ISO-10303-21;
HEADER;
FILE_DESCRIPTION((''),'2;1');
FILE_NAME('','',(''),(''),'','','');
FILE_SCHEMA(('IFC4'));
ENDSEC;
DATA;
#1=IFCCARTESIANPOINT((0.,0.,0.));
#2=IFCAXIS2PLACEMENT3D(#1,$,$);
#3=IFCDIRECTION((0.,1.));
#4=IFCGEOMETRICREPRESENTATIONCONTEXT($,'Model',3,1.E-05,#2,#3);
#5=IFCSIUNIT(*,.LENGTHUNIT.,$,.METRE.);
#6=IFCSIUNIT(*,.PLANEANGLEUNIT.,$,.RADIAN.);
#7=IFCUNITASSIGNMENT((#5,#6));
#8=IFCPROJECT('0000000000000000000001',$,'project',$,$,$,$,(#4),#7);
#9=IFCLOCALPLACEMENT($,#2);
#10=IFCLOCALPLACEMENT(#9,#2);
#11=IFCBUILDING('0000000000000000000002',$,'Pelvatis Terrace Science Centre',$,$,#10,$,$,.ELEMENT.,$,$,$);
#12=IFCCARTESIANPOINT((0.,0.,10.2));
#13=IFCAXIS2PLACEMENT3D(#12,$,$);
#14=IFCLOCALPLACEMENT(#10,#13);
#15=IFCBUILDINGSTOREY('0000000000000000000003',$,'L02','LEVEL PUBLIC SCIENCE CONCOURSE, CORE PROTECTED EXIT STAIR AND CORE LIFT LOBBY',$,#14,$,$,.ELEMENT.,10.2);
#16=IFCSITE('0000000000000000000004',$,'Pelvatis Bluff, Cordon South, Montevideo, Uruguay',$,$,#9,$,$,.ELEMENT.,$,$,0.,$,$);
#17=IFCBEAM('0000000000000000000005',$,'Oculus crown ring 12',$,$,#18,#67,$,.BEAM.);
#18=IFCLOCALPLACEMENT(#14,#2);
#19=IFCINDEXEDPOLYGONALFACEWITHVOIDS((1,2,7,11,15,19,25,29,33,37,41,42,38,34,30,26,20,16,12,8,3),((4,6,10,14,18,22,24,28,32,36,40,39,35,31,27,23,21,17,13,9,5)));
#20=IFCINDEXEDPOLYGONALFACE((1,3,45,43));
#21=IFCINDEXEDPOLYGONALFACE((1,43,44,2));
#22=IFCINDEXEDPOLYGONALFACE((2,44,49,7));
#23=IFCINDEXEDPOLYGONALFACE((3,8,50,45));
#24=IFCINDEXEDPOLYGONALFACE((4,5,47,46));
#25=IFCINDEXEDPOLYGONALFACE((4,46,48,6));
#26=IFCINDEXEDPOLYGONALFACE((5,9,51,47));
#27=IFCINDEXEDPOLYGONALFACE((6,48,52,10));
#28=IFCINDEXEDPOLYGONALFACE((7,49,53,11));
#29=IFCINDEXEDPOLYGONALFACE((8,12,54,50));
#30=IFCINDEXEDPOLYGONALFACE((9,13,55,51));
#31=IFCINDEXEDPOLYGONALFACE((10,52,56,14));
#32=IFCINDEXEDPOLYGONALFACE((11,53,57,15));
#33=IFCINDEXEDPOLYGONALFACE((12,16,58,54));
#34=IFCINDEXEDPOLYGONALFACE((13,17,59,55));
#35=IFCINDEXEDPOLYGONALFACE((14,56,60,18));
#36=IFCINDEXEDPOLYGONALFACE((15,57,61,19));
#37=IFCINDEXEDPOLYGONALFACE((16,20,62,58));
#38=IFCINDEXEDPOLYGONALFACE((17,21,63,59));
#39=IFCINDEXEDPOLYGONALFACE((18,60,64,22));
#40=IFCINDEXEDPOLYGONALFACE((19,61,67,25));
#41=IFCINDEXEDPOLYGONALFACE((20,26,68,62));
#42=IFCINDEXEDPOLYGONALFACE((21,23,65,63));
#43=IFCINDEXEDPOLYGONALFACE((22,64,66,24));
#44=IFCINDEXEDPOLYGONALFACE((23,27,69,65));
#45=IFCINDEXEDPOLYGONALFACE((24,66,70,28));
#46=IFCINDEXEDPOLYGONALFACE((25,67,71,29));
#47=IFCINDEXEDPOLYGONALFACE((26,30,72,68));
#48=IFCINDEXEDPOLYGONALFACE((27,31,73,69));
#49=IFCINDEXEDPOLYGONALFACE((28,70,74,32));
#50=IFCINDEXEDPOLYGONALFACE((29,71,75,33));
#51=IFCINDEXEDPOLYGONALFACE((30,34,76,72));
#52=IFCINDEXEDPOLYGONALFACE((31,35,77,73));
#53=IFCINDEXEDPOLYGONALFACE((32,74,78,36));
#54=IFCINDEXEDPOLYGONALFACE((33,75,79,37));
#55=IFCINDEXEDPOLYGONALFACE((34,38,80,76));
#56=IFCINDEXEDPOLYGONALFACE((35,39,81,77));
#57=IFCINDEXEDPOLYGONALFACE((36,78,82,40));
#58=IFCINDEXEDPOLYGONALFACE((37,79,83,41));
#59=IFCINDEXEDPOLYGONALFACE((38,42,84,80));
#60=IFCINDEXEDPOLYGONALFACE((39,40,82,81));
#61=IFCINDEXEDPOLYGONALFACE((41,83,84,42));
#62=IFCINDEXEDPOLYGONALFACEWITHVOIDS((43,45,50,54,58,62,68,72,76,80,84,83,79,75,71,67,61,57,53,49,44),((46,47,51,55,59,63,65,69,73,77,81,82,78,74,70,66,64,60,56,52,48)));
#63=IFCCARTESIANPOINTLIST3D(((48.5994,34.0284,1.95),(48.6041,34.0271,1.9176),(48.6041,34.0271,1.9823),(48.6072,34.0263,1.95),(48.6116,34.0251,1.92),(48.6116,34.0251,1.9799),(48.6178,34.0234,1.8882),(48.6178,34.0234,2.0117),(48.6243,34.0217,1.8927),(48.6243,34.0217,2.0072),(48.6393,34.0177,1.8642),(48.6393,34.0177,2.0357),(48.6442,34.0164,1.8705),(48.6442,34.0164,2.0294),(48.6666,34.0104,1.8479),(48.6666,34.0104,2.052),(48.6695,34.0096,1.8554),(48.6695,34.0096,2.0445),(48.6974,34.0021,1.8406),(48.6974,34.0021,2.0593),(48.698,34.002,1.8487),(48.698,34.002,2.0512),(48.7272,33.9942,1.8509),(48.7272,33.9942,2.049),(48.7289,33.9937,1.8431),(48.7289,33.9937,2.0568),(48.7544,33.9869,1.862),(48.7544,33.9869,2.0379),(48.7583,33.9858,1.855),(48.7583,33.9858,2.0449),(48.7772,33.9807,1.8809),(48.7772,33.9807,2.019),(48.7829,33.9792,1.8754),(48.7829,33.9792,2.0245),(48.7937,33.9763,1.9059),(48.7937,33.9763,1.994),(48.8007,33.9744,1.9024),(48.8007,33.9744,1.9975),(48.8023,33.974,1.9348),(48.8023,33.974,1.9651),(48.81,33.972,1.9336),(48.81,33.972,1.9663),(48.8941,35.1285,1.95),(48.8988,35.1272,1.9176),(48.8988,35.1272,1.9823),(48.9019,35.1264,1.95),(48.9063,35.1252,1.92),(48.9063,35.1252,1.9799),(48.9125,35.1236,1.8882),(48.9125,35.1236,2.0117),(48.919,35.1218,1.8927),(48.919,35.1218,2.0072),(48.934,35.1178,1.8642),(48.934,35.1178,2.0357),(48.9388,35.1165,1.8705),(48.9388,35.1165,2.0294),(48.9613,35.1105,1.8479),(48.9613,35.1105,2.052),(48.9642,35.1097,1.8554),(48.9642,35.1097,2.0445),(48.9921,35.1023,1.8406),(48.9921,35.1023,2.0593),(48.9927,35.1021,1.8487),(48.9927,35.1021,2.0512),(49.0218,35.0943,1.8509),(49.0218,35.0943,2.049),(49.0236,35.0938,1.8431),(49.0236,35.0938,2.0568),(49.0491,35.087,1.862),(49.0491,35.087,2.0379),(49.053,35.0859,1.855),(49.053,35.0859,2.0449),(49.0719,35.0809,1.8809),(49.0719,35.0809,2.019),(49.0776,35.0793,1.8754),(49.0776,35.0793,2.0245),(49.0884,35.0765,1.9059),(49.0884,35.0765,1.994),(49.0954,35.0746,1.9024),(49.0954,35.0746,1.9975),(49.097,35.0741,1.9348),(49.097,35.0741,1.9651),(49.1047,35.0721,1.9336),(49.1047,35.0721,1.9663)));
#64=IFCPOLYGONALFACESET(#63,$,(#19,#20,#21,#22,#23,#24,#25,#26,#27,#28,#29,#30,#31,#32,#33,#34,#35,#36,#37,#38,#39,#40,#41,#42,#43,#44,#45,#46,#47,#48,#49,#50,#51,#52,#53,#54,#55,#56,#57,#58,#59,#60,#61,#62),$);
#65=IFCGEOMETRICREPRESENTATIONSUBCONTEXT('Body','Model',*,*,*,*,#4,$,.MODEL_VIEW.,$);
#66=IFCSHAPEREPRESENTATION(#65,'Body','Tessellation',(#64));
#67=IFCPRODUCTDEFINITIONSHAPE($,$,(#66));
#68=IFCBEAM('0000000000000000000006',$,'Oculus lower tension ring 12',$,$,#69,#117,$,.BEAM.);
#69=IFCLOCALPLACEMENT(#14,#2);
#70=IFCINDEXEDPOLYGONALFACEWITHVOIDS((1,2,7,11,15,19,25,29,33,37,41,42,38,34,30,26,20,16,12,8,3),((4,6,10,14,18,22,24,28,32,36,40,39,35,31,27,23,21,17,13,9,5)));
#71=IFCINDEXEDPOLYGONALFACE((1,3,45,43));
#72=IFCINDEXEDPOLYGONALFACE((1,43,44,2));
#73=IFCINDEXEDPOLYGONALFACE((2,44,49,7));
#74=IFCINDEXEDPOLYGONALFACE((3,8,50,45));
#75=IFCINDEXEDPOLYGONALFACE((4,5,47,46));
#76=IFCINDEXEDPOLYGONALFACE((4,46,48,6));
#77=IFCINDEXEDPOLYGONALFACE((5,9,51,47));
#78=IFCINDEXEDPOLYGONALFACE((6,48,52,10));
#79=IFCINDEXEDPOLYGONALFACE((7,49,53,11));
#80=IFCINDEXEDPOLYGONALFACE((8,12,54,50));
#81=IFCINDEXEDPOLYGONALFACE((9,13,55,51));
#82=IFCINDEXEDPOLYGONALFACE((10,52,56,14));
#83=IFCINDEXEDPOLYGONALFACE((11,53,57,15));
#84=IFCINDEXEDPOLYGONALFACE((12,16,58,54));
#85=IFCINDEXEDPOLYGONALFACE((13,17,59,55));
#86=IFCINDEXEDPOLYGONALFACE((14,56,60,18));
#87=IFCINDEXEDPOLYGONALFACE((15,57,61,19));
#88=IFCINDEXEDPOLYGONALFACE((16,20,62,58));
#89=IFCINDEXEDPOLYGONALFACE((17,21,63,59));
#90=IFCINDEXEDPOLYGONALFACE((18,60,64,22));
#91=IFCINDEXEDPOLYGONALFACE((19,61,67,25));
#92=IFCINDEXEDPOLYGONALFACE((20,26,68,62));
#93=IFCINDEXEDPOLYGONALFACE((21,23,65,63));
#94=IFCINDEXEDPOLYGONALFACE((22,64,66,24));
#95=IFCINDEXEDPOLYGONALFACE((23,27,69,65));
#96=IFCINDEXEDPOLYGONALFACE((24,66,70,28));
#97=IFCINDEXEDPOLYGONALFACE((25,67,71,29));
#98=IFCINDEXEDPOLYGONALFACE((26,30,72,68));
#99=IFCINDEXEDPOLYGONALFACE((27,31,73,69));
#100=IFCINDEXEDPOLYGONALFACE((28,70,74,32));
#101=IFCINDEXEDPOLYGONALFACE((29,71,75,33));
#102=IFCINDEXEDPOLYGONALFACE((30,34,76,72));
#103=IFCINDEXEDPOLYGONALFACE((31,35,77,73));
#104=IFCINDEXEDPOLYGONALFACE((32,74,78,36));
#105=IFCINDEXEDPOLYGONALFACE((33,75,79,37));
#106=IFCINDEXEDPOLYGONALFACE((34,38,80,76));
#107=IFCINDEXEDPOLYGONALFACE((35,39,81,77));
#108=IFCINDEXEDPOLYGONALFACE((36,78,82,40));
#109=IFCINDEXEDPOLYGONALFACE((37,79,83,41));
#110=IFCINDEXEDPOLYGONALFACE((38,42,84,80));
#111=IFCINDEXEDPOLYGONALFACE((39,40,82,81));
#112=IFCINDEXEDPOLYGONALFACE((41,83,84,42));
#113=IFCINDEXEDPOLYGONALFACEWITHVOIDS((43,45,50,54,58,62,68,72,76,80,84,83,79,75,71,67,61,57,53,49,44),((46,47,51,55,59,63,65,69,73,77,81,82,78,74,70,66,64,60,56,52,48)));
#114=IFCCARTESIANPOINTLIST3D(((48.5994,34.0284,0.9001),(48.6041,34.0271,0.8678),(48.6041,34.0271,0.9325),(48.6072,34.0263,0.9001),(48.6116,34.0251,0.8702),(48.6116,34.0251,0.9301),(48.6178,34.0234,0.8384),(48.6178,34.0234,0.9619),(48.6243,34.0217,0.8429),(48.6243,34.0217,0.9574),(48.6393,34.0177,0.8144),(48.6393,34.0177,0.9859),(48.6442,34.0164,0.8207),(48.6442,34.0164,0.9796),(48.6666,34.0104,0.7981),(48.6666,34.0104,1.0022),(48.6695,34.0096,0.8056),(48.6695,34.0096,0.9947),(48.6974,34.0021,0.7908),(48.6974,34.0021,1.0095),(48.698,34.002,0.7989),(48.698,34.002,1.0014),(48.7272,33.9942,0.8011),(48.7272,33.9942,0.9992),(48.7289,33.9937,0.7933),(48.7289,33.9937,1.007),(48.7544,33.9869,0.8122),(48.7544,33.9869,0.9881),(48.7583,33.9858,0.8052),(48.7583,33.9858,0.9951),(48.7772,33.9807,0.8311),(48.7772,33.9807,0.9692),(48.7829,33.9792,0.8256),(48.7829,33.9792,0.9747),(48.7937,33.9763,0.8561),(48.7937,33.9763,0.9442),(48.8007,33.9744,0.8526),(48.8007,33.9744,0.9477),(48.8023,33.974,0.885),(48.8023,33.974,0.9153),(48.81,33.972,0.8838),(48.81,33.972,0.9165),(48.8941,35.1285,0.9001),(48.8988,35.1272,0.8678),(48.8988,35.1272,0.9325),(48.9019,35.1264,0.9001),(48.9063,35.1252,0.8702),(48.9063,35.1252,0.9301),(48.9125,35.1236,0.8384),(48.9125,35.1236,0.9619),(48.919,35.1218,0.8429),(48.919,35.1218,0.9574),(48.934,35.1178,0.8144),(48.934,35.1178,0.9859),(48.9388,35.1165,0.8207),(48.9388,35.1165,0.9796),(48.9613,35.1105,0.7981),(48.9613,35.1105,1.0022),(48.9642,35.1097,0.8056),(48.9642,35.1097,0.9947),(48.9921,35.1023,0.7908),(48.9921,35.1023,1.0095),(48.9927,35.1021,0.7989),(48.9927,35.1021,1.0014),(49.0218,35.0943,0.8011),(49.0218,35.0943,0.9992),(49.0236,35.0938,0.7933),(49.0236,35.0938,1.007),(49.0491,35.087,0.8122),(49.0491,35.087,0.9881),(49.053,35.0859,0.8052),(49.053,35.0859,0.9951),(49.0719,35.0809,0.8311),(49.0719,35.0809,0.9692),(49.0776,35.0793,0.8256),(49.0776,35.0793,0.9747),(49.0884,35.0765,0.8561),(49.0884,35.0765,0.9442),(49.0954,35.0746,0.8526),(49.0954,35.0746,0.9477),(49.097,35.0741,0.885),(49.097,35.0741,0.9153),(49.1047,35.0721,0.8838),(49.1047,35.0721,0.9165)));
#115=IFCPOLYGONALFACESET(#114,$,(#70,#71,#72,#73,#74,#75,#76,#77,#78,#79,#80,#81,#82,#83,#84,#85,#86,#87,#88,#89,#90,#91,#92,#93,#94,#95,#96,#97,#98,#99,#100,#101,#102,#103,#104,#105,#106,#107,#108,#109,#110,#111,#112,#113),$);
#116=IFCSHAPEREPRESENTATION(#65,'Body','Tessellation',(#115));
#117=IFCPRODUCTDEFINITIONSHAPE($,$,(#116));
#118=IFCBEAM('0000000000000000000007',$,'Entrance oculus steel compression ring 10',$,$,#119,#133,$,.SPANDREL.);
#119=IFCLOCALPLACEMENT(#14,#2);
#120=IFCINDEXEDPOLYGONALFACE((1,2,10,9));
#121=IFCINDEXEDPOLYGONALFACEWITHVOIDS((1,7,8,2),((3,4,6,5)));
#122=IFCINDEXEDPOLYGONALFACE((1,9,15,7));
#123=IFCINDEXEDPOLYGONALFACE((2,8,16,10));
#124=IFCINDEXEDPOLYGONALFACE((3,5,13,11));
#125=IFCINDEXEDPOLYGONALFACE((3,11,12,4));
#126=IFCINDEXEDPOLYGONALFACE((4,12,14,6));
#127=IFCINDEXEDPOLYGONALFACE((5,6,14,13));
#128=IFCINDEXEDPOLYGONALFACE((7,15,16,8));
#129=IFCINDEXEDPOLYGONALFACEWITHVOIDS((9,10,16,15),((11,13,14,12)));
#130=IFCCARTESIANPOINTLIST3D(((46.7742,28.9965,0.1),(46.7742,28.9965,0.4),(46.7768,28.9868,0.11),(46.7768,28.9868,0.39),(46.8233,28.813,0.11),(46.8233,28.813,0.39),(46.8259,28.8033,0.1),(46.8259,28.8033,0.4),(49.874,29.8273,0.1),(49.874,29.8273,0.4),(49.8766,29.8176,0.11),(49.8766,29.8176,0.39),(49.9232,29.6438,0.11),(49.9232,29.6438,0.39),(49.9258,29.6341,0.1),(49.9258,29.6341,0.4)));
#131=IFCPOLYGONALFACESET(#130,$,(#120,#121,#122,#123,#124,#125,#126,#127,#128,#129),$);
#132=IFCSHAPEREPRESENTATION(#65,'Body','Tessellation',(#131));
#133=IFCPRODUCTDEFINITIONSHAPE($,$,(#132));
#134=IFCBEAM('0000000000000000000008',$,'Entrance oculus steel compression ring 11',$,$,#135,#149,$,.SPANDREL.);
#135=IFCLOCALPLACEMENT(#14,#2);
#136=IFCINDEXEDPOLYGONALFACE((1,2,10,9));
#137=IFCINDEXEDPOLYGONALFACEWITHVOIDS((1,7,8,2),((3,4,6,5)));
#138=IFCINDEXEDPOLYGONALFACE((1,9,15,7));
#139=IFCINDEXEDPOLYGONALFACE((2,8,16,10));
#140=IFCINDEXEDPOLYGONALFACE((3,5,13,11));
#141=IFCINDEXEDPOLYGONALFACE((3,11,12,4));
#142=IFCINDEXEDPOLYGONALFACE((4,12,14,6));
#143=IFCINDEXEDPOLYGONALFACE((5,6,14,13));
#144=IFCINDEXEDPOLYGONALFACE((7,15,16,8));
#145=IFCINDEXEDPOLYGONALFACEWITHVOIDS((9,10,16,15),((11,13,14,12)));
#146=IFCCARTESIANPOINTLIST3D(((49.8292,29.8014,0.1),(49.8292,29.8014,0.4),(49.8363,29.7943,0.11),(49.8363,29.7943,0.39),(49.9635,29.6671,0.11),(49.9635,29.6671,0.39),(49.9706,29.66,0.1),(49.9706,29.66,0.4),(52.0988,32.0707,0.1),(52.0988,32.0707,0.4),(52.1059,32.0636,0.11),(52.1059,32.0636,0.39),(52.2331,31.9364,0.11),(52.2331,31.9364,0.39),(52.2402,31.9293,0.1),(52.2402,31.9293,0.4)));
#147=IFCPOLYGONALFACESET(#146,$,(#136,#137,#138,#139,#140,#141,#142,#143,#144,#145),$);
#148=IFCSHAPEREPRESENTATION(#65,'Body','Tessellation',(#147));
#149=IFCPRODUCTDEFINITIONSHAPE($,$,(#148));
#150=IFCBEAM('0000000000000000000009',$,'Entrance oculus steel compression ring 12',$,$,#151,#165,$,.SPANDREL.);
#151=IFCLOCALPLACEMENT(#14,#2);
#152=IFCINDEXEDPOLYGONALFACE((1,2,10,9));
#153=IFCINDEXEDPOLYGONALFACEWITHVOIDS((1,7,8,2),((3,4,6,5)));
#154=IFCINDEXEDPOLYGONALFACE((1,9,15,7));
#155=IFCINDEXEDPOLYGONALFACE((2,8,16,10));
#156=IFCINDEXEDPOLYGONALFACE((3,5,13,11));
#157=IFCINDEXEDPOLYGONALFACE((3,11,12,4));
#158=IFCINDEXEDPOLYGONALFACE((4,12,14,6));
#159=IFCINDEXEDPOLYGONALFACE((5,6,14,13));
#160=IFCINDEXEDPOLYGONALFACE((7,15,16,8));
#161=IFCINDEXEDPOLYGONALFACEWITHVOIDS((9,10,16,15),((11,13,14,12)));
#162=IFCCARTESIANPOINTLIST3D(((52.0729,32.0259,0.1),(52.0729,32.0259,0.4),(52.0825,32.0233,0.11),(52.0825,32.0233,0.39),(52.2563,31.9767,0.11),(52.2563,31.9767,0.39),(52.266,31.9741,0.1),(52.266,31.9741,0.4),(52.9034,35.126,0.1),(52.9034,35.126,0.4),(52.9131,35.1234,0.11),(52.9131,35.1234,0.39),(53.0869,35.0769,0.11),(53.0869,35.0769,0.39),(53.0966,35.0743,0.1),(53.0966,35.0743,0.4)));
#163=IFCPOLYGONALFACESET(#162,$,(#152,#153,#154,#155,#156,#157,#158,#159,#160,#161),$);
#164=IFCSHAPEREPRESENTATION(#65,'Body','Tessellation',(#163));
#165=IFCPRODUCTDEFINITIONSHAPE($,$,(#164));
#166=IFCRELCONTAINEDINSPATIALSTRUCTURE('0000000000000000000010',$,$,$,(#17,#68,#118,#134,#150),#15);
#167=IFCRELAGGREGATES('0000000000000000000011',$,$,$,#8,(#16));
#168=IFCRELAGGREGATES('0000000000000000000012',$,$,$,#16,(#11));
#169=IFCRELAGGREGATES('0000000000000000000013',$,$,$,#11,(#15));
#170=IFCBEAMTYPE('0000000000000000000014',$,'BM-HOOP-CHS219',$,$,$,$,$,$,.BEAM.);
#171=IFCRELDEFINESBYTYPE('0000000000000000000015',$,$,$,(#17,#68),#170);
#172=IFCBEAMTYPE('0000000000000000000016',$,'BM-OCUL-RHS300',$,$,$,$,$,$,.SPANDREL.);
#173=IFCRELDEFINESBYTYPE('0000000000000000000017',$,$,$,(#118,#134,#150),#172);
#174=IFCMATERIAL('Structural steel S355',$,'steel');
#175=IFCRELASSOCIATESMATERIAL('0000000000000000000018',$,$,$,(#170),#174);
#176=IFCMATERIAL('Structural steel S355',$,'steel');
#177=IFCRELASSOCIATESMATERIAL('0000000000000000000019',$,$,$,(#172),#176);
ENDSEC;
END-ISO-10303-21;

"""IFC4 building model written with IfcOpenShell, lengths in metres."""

from ifc_helpers import new_model, si_unit, direction, frame, origin, origin_2d, place, context, subcontext, project, spatial, hollow_rectangle, hollow_circle, extrude, material, material_profile, profile_set, type_object, element, save


model = new_model("IFC4")

# Units and contexts
model_context = context("Model", 3, precision=1e-05, world=origin(), true_north=direction((0.0, 1.0)))
body_context = subcontext(model_context, "Body", "Model", "MODEL_VIEW")
ifc_project = project(units=[si_unit("LENGTHUNIT", "METRE"), si_unit("PLANEANGLEUNIT", "RADIAN")], contexts=[model_context])

# Site, building, storey
site_placement = place(None, origin())
site = spatial("IfcSite", under=ifc_project, at=site_placement, Name="Pelvatis Bluff, Cordon South, Montevideo, Uruguay", CompositionType="ELEMENT", RefElevation=0.0)
building_placement = place(site_placement, origin())
building = spatial("IfcBuilding", under=site, at=building_placement, Name="Pelvatis Terrace Science Centre", CompositionType="ELEMENT")
storey_placement = place(building_placement, frame((0.0, 0.0, 10.2)))
storey = spatial("IfcBuildingStorey", under=building, at=storey_placement, Name="L02", Description="LEVEL PUBLIC SCIENCE CONCOURSE, CORE PROTECTED EXIT STAIR AND CORE LIFT LOBBY", CompositionType="ELEMENT", Elevation=10.2)

# Beams
ifc_material_1 = material(Name="Structural steel S355", Category="steel")
ifc_material_profile_1 = material_profile(ifc_material_1, hollow_circle(Radius=0.1096, WallThickness=0.0081, at=origin_2d()), Name="CHS 219.1x8.0")
ifc_profile_set_1 = profile_set([ifc_material_profile_1], Name="Structural steel S355")
beam_type_1 = type_object("IfcBeamType", Name="BM-HOOP-CHS219", PredefinedType="BEAM", material=ifc_profile_set_1)
for number, where, z_axis, x_axis, name in (
    (1, (48.7053, 34.0, 1.95), (0.258743, 0.965946, 0.0), (-0.965946, 0.258743, 0.0), "Oculus crown ring 12"),
    (2, (48.7053, 34.0, 0.9001), (0.258743, 0.965946, 0.0), (-0.965946, 0.258743, 0.0), "Oculus lower tension ring 12"),
):
    element("IfcBeam", number, at=place(storey_placement, frame(where, z_axis=z_axis, x_axis=x_axis)), inside=storey, type_object=beam_type_1, Name=name, PredefinedType="BEAM", context=body_context, shape_type="SweptSolid", body=[
        extrude(hollow_circle(Radius=0.1096, WallThickness=0.0081, at=origin_2d()), origin(), (0.0, 0.0, 1.0), 1.1389),
    ])
ifc_material_2 = material(Name="Structural steel S355", Category="steel")
ifc_material_profile_2 = material_profile(ifc_material_2, hollow_rectangle(XDim=0.2, YDim=0.3, WallThickness=0.01, at=origin_2d()), Name="RHS 300x200x10.0")
ifc_profile_set_2 = profile_set([ifc_material_profile_2], Name="Structural steel S355")
beam_type_2 = type_object("IfcBeamType", Name="BM-OCUL-RHS300", PredefinedType="SPANDREL", material=ifc_profile_set_2)
beam_1_placement = place(storey_placement, frame((46.8, 28.8999, 0.25), z_axis=(0.96591, 0.258879, 0.0), x_axis=(-0.258879, 0.96591, 0.0)))
element("IfcBeam", 3, at=beam_1_placement, inside=storey, type_object=beam_type_2, Name="Entrance oculus steel compression ring 10", PredefinedType="SPANDREL", context=body_context, shape_type="SweptSolid", body=[
    extrude(hollow_rectangle(XDim=0.2, YDim=0.3, WallThickness=0.01, at=origin_2d()), origin(), (0.0, 0.0, 1.0), 3.2092),
])
for number, where, z_axis, x_axis, name in (
    (4, (49.8999, 29.7307, 0.25), (0.707145, 0.707069, 0.0), (-0.707069, 0.707145, 0.0), "Entrance oculus steel compression ring 11"),
    (5, (52.1694, 32.0, 0.25), (0.258789, 0.965934, 0.0), (-0.965934, 0.258789, 0.0), "Entrance oculus steel compression ring 12"),
):
    element("IfcBeam", number, at=place(storey_placement, frame(where, z_axis=z_axis, x_axis=x_axis)), inside=storey, type_object=beam_type_2, Name=name, PredefinedType="SPANDREL", context=body_context, shape_type="SweptSolid", body=[
        extrude(hollow_rectangle(XDim=0.2, YDim=0.3, WallThickness=0.01, at=origin_2d()), origin(), (0.0, 0.0, 1.0), 3.2095),
    ])

save(model, "model.ifc")
